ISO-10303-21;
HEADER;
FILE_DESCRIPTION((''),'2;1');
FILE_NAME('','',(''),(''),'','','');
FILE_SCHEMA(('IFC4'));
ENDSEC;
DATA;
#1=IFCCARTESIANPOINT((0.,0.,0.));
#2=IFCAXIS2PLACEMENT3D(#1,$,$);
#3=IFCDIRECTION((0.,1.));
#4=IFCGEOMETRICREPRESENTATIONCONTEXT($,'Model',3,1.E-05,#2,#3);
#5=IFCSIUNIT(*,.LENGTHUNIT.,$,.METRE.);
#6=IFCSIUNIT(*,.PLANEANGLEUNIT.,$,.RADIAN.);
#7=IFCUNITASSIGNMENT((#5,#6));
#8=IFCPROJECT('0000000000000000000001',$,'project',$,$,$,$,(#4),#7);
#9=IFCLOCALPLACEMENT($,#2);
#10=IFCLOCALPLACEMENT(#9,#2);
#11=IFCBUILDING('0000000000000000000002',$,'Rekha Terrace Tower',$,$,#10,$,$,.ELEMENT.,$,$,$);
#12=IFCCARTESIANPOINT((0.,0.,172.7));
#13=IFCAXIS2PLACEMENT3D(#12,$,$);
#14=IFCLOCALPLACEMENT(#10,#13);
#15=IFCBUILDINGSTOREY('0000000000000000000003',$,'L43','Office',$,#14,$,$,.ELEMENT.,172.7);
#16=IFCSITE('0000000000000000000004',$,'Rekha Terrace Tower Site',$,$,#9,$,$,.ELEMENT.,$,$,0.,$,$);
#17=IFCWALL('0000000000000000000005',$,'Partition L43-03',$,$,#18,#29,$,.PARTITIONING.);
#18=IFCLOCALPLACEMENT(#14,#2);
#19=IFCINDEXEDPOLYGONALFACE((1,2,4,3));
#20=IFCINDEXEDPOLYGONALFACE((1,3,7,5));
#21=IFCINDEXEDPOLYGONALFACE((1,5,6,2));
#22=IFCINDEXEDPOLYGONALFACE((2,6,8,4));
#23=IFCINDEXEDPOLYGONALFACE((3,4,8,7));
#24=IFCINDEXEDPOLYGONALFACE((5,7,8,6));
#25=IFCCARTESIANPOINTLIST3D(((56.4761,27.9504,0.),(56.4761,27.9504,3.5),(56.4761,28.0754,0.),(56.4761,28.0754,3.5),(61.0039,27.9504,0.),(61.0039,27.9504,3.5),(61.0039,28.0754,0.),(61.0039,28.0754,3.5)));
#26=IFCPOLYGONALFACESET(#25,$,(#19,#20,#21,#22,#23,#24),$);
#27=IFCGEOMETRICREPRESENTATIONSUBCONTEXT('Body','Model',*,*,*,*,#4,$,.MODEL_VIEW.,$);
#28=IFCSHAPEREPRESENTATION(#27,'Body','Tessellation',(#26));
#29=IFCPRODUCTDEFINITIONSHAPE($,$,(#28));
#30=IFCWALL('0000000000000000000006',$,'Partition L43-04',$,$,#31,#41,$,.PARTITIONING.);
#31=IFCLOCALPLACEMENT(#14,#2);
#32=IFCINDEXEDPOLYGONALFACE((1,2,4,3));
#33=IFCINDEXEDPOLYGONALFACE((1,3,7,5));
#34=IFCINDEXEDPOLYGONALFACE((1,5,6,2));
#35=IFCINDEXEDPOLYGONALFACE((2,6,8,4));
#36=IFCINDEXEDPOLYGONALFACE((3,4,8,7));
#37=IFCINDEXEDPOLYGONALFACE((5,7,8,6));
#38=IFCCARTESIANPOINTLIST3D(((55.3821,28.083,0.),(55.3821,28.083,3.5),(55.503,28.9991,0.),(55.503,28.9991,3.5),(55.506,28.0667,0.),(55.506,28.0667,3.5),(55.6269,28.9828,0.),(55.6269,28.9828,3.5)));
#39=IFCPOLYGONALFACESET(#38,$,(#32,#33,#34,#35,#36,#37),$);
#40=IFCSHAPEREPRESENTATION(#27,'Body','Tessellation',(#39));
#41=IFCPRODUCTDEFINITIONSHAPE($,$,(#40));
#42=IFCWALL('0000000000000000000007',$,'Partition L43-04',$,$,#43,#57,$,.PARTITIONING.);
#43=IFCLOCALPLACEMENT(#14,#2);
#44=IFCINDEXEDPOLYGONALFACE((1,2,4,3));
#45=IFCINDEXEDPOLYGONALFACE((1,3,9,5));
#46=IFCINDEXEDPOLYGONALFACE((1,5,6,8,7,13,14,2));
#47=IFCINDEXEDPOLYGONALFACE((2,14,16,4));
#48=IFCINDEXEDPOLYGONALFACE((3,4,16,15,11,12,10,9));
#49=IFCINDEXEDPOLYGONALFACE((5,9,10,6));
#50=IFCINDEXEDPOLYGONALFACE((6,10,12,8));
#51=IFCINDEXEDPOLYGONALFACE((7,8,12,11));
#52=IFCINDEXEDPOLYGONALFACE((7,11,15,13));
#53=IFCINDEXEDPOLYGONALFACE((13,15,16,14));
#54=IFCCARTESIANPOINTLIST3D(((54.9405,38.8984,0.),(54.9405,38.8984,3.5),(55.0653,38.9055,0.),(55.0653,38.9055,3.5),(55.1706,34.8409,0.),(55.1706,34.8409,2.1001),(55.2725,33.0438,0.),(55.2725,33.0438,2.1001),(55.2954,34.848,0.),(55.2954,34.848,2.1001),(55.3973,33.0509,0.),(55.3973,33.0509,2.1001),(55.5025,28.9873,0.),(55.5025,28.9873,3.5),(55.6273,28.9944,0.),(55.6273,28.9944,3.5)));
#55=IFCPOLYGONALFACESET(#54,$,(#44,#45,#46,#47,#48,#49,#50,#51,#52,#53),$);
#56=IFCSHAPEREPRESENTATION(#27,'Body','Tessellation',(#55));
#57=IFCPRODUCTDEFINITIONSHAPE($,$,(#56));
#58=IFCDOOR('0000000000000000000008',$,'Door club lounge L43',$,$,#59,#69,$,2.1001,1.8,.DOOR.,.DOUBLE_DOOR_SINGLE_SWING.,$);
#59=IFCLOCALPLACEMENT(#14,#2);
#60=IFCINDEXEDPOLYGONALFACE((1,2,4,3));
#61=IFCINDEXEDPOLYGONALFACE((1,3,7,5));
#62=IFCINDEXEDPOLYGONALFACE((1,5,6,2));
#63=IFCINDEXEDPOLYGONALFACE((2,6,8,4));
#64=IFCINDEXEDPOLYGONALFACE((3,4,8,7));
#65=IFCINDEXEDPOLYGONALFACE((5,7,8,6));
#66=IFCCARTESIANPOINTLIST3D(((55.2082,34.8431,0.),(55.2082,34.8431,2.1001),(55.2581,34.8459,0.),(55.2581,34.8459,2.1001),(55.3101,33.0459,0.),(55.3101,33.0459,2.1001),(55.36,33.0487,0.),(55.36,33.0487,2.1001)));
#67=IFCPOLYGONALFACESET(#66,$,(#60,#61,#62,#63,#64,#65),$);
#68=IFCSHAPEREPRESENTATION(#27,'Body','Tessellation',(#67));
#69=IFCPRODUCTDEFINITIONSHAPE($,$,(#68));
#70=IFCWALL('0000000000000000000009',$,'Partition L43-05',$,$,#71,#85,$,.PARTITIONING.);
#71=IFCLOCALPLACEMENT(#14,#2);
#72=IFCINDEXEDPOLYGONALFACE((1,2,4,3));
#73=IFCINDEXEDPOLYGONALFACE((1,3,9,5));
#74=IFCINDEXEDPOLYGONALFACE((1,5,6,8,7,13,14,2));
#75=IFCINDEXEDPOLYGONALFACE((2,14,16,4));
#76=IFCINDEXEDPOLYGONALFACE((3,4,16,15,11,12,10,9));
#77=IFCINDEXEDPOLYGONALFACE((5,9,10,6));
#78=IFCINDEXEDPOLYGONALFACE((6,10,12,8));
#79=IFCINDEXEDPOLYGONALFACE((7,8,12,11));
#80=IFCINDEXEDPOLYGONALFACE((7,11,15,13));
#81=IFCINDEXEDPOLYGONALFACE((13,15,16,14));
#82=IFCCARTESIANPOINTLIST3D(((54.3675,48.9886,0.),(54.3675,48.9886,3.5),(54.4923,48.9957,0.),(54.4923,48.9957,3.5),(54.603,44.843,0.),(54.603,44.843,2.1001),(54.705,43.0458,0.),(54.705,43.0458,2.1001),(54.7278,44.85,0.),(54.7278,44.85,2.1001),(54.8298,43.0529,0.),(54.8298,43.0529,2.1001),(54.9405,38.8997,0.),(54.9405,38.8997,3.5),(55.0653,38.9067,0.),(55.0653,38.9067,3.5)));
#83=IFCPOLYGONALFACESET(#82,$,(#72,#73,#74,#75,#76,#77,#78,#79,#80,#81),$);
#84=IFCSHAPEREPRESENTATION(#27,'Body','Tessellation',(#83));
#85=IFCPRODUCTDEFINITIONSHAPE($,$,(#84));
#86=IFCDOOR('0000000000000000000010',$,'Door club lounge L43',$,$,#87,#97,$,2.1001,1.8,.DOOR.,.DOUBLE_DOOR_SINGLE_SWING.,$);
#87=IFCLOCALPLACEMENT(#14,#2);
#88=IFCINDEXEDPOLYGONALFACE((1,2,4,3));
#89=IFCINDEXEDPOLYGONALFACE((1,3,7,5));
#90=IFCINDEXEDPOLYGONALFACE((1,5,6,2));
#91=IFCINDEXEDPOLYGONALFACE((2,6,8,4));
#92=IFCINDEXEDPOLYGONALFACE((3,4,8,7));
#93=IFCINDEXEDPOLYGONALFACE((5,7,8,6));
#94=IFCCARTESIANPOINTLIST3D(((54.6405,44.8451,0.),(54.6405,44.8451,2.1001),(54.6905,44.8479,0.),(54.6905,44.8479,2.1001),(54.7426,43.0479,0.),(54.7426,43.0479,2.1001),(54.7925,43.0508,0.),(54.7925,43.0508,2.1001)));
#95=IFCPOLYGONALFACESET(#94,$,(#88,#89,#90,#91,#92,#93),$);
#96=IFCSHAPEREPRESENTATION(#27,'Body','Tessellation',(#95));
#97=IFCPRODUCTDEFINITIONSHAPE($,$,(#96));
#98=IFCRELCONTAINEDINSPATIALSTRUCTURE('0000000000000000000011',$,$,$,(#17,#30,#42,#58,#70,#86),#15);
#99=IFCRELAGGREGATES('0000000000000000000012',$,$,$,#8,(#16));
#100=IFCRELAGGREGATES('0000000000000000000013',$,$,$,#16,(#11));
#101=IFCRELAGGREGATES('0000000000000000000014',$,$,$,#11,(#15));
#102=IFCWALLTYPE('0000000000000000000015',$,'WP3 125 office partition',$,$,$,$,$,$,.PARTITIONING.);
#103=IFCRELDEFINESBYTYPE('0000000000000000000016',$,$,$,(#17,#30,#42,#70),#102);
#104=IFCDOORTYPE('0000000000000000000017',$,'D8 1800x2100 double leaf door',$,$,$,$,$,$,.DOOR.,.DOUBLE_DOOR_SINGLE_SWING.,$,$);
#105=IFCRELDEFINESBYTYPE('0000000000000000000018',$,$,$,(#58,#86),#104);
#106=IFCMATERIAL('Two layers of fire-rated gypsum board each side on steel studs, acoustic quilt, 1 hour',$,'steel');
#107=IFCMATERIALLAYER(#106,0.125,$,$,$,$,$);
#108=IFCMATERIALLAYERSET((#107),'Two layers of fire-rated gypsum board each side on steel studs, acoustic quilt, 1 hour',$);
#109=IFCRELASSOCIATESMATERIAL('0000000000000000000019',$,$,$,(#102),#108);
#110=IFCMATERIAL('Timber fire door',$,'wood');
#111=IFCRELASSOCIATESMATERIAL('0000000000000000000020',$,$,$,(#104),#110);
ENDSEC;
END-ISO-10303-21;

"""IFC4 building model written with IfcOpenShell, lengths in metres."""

from ifc_helpers import new_model, si_unit, direction, frame, frame_2d, origin, place, context, subcontext, project, spatial, rectangle, extrude, material, layer, layer_set, type_object, element, fill, save


model = new_model("IFC4")

# Units and contexts
model_context = context("Model", 3, precision=1e-05, world=origin(), true_north=direction((0.0, 1.0)))
body_context = subcontext(model_context, "Body", "Model", "MODEL_VIEW")
ifc_project = project(units=[si_unit("LENGTHUNIT", "METRE"), si_unit("PLANEANGLEUNIT", "RADIAN")], contexts=[model_context])

# Site, building, storey
site_placement = place(None, origin())
site = spatial("IfcSite", under=ifc_project, at=site_placement, Name="Rekha Terrace Tower Site", CompositionType="ELEMENT", RefElevation=0.0)
building_placement = place(site_placement, origin())
building = spatial("IfcBuilding", under=site, at=building_placement, Name="Rekha Terrace Tower", CompositionType="ELEMENT")
storey_placement = place(building_placement, frame((0.0, 0.0, 172.7)))
storey = spatial("IfcBuildingStorey", under=building, at=storey_placement, Name="L43", Description="Office", CompositionType="ELEMENT", Elevation=172.7)

# Shared definitions
ifc_material_1 = material(Name="Timber fire door", Category="wood")

# Walls
ifc_material_2 = material(Name="Two layers of fire-rated gypsum board each side on steel studs, acoustic quilt, 1 hour", Category="steel")
ifc_layer_1 = layer(ifc_material_2, 0.125)
ifc_layer_set_1 = layer_set([ifc_layer_1], Name="Two layers of fire-rated gypsum board each side on steel studs, acoustic quilt, 1 hour")
wall_type_1 = type_object("IfcWallType", Name="WP3 125 office partition", PredefinedType="PARTITIONING", material=ifc_layer_set_1)
wall_1_placement = place(storey_placement, frame((56.4761, 28.0129, 0.0), z_axis=(0.0, 0.0, 1.0), x_axis=(1.0, 0.0, 0.0)))
element("IfcWall", 1, at=wall_1_placement, inside=storey, type_object=wall_type_1, Name="Partition L43-03", PredefinedType="PARTITIONING", context=body_context, shape_type="SweptSolid", body=[
    extrude(rectangle(XDim=4.5278, YDim=0.125, at=frame_2d((2.2639, 0.0))), origin(), (0.0, 0.0, 1.0), 3.5),
])
wall_2_placement = place(storey_placement, frame((55.4441, 28.075, 0.0), z_axis=(0.0, 0.0, 1.0), x_axis=(0.130796, 0.991409, 0.0)))
element("IfcWall", 2, at=wall_2_placement, inside=storey, type_object=wall_type_1, Name="Partition L43-04", PredefinedType="PARTITIONING", context=body_context, shape_type="SweptSolid", body=[
    extrude(rectangle(XDim=0.9241, YDim=0.125, at=frame_2d((0.4619, 0.0))), origin(), (0.0, 0.0, 1.0), 3.5),
])

# Walls, openings, doors
wall_3_placement = place(storey_placement, frame((55.5649, 28.991, 0.0), z_axis=(0.0, 0.0, 1.0), x_axis=(-0.056614, 0.998396, 0.0)))
wall_3 = element("IfcWall", 3, at=wall_3_placement, inside=storey, type_object=wall_type_1, Name="Partition L43-04", PredefinedType="PARTITIONING", context=body_context, shape_type="SweptSolid", body=[
    extrude(rectangle(XDim=9.927, YDim=0.125, at=frame_2d((4.9634, 0.0))), origin(), (0.0, 0.0, 1.0), 3.5),
])
opening_1_placement = place(wall_3_placement, frame((4.063, 0.0, 0.0)))
opening_1 = element("IfcOpeningElement", 4, at=opening_1_placement, cuts=wall_3, PredefinedType="OPENING", context=body_context, shape_type="SweptSolid", body=[
    extrude(rectangle(XDim=1.8, YDim=2.1001, at=frame_2d((0.8999, 1.05))), frame((0.0, 0.0725, 0.0), z_axis=(0.0, -1.0, 0.0), x_axis=(1.0, 0.0, 0.0)), (0.0, 0.0, 1.0), 0.145),
])
door_type_1 = type_object("IfcDoorType", Name="D8 1800x2100 double leaf door", OperationType="DOUBLE_DOOR_SINGLE_SWING", PredefinedType="DOOR", material=ifc_material_1)
door_1_placement = place(opening_1_placement, origin())
door_1 = element("IfcDoor", 5, at=door_1_placement, inside=storey, type_object=door_type_1, Name="Door club lounge L43", OperationType="DOUBLE_DOOR_SINGLE_SWING", OverallHeight=2.1001, OverallWidth=1.8, PredefinedType="DOOR", context=body_context, shape_type="SweptSolid", body=[
    extrude(rectangle(XDim=1.8, YDim=2.1001, at=frame_2d((0.8999, 1.05))), frame((0.0, 0.0249, 0.0), z_axis=(0.0, -1.0, 0.0), x_axis=(1.0, 0.0, 0.0)), (0.0, 0.0, 1.0), 0.05),
])
fill(opening_1, door_1)
wall_4_placement = place(storey_placement, frame((55.0029, 38.9031, 0.0), z_axis=(0.0, 0.0, 1.0), x_axis=(-0.056704, 0.998391, 0.0)))
wall_4 = element("IfcWall", 6, at=wall_4_placement, inside=storey, type_object=wall_type_1, Name="Partition L43-05", PredefinedType="PARTITIONING", context=body_context, shape_type="SweptSolid", body=[
    extrude(rectangle(XDim=10.1052, YDim=0.125, at=frame_2d((5.0527, 0.0))), origin(), (0.0, 0.0, 1.0), 3.5),
])
opening_2_placement = place(wall_4_placement, frame((4.1531, 0.0, 0.0)))
opening_2 = element("IfcOpeningElement", 7, at=opening_2_placement, cuts=wall_4, PredefinedType="OPENING", context=body_context, shape_type="SweptSolid", body=[
    extrude(rectangle(XDim=1.8, YDim=2.1001, at=frame_2d((0.8999, 1.05))), frame((0.0, 0.0725, 0.0), z_axis=(0.0, -1.0, 0.0), x_axis=(1.0, 0.0, 0.0)), (0.0, 0.0, 1.0), 0.145),
])
door_2_placement = place(opening_2_placement, origin())
door_2 = element("IfcDoor", 8, at=door_2_placement, inside=storey, type_object=door_type_1, Name="Door club lounge L43", OperationType="DOUBLE_DOOR_SINGLE_SWING", OverallHeight=2.1001, OverallWidth=1.8, PredefinedType="DOOR", context=body_context, shape_type="SweptSolid", body=[
    extrude(rectangle(XDim=1.8, YDim=2.1001, at=frame_2d((0.8999, 1.05))), frame((0.0, 0.0249, 0.0), z_axis=(0.0, -1.0, 0.0), x_axis=(1.0, 0.0, 0.0)), (0.0, 0.0, 1.0), 0.05),
])
fill(opening_2, door_2)

save(model, "model.ifc")
